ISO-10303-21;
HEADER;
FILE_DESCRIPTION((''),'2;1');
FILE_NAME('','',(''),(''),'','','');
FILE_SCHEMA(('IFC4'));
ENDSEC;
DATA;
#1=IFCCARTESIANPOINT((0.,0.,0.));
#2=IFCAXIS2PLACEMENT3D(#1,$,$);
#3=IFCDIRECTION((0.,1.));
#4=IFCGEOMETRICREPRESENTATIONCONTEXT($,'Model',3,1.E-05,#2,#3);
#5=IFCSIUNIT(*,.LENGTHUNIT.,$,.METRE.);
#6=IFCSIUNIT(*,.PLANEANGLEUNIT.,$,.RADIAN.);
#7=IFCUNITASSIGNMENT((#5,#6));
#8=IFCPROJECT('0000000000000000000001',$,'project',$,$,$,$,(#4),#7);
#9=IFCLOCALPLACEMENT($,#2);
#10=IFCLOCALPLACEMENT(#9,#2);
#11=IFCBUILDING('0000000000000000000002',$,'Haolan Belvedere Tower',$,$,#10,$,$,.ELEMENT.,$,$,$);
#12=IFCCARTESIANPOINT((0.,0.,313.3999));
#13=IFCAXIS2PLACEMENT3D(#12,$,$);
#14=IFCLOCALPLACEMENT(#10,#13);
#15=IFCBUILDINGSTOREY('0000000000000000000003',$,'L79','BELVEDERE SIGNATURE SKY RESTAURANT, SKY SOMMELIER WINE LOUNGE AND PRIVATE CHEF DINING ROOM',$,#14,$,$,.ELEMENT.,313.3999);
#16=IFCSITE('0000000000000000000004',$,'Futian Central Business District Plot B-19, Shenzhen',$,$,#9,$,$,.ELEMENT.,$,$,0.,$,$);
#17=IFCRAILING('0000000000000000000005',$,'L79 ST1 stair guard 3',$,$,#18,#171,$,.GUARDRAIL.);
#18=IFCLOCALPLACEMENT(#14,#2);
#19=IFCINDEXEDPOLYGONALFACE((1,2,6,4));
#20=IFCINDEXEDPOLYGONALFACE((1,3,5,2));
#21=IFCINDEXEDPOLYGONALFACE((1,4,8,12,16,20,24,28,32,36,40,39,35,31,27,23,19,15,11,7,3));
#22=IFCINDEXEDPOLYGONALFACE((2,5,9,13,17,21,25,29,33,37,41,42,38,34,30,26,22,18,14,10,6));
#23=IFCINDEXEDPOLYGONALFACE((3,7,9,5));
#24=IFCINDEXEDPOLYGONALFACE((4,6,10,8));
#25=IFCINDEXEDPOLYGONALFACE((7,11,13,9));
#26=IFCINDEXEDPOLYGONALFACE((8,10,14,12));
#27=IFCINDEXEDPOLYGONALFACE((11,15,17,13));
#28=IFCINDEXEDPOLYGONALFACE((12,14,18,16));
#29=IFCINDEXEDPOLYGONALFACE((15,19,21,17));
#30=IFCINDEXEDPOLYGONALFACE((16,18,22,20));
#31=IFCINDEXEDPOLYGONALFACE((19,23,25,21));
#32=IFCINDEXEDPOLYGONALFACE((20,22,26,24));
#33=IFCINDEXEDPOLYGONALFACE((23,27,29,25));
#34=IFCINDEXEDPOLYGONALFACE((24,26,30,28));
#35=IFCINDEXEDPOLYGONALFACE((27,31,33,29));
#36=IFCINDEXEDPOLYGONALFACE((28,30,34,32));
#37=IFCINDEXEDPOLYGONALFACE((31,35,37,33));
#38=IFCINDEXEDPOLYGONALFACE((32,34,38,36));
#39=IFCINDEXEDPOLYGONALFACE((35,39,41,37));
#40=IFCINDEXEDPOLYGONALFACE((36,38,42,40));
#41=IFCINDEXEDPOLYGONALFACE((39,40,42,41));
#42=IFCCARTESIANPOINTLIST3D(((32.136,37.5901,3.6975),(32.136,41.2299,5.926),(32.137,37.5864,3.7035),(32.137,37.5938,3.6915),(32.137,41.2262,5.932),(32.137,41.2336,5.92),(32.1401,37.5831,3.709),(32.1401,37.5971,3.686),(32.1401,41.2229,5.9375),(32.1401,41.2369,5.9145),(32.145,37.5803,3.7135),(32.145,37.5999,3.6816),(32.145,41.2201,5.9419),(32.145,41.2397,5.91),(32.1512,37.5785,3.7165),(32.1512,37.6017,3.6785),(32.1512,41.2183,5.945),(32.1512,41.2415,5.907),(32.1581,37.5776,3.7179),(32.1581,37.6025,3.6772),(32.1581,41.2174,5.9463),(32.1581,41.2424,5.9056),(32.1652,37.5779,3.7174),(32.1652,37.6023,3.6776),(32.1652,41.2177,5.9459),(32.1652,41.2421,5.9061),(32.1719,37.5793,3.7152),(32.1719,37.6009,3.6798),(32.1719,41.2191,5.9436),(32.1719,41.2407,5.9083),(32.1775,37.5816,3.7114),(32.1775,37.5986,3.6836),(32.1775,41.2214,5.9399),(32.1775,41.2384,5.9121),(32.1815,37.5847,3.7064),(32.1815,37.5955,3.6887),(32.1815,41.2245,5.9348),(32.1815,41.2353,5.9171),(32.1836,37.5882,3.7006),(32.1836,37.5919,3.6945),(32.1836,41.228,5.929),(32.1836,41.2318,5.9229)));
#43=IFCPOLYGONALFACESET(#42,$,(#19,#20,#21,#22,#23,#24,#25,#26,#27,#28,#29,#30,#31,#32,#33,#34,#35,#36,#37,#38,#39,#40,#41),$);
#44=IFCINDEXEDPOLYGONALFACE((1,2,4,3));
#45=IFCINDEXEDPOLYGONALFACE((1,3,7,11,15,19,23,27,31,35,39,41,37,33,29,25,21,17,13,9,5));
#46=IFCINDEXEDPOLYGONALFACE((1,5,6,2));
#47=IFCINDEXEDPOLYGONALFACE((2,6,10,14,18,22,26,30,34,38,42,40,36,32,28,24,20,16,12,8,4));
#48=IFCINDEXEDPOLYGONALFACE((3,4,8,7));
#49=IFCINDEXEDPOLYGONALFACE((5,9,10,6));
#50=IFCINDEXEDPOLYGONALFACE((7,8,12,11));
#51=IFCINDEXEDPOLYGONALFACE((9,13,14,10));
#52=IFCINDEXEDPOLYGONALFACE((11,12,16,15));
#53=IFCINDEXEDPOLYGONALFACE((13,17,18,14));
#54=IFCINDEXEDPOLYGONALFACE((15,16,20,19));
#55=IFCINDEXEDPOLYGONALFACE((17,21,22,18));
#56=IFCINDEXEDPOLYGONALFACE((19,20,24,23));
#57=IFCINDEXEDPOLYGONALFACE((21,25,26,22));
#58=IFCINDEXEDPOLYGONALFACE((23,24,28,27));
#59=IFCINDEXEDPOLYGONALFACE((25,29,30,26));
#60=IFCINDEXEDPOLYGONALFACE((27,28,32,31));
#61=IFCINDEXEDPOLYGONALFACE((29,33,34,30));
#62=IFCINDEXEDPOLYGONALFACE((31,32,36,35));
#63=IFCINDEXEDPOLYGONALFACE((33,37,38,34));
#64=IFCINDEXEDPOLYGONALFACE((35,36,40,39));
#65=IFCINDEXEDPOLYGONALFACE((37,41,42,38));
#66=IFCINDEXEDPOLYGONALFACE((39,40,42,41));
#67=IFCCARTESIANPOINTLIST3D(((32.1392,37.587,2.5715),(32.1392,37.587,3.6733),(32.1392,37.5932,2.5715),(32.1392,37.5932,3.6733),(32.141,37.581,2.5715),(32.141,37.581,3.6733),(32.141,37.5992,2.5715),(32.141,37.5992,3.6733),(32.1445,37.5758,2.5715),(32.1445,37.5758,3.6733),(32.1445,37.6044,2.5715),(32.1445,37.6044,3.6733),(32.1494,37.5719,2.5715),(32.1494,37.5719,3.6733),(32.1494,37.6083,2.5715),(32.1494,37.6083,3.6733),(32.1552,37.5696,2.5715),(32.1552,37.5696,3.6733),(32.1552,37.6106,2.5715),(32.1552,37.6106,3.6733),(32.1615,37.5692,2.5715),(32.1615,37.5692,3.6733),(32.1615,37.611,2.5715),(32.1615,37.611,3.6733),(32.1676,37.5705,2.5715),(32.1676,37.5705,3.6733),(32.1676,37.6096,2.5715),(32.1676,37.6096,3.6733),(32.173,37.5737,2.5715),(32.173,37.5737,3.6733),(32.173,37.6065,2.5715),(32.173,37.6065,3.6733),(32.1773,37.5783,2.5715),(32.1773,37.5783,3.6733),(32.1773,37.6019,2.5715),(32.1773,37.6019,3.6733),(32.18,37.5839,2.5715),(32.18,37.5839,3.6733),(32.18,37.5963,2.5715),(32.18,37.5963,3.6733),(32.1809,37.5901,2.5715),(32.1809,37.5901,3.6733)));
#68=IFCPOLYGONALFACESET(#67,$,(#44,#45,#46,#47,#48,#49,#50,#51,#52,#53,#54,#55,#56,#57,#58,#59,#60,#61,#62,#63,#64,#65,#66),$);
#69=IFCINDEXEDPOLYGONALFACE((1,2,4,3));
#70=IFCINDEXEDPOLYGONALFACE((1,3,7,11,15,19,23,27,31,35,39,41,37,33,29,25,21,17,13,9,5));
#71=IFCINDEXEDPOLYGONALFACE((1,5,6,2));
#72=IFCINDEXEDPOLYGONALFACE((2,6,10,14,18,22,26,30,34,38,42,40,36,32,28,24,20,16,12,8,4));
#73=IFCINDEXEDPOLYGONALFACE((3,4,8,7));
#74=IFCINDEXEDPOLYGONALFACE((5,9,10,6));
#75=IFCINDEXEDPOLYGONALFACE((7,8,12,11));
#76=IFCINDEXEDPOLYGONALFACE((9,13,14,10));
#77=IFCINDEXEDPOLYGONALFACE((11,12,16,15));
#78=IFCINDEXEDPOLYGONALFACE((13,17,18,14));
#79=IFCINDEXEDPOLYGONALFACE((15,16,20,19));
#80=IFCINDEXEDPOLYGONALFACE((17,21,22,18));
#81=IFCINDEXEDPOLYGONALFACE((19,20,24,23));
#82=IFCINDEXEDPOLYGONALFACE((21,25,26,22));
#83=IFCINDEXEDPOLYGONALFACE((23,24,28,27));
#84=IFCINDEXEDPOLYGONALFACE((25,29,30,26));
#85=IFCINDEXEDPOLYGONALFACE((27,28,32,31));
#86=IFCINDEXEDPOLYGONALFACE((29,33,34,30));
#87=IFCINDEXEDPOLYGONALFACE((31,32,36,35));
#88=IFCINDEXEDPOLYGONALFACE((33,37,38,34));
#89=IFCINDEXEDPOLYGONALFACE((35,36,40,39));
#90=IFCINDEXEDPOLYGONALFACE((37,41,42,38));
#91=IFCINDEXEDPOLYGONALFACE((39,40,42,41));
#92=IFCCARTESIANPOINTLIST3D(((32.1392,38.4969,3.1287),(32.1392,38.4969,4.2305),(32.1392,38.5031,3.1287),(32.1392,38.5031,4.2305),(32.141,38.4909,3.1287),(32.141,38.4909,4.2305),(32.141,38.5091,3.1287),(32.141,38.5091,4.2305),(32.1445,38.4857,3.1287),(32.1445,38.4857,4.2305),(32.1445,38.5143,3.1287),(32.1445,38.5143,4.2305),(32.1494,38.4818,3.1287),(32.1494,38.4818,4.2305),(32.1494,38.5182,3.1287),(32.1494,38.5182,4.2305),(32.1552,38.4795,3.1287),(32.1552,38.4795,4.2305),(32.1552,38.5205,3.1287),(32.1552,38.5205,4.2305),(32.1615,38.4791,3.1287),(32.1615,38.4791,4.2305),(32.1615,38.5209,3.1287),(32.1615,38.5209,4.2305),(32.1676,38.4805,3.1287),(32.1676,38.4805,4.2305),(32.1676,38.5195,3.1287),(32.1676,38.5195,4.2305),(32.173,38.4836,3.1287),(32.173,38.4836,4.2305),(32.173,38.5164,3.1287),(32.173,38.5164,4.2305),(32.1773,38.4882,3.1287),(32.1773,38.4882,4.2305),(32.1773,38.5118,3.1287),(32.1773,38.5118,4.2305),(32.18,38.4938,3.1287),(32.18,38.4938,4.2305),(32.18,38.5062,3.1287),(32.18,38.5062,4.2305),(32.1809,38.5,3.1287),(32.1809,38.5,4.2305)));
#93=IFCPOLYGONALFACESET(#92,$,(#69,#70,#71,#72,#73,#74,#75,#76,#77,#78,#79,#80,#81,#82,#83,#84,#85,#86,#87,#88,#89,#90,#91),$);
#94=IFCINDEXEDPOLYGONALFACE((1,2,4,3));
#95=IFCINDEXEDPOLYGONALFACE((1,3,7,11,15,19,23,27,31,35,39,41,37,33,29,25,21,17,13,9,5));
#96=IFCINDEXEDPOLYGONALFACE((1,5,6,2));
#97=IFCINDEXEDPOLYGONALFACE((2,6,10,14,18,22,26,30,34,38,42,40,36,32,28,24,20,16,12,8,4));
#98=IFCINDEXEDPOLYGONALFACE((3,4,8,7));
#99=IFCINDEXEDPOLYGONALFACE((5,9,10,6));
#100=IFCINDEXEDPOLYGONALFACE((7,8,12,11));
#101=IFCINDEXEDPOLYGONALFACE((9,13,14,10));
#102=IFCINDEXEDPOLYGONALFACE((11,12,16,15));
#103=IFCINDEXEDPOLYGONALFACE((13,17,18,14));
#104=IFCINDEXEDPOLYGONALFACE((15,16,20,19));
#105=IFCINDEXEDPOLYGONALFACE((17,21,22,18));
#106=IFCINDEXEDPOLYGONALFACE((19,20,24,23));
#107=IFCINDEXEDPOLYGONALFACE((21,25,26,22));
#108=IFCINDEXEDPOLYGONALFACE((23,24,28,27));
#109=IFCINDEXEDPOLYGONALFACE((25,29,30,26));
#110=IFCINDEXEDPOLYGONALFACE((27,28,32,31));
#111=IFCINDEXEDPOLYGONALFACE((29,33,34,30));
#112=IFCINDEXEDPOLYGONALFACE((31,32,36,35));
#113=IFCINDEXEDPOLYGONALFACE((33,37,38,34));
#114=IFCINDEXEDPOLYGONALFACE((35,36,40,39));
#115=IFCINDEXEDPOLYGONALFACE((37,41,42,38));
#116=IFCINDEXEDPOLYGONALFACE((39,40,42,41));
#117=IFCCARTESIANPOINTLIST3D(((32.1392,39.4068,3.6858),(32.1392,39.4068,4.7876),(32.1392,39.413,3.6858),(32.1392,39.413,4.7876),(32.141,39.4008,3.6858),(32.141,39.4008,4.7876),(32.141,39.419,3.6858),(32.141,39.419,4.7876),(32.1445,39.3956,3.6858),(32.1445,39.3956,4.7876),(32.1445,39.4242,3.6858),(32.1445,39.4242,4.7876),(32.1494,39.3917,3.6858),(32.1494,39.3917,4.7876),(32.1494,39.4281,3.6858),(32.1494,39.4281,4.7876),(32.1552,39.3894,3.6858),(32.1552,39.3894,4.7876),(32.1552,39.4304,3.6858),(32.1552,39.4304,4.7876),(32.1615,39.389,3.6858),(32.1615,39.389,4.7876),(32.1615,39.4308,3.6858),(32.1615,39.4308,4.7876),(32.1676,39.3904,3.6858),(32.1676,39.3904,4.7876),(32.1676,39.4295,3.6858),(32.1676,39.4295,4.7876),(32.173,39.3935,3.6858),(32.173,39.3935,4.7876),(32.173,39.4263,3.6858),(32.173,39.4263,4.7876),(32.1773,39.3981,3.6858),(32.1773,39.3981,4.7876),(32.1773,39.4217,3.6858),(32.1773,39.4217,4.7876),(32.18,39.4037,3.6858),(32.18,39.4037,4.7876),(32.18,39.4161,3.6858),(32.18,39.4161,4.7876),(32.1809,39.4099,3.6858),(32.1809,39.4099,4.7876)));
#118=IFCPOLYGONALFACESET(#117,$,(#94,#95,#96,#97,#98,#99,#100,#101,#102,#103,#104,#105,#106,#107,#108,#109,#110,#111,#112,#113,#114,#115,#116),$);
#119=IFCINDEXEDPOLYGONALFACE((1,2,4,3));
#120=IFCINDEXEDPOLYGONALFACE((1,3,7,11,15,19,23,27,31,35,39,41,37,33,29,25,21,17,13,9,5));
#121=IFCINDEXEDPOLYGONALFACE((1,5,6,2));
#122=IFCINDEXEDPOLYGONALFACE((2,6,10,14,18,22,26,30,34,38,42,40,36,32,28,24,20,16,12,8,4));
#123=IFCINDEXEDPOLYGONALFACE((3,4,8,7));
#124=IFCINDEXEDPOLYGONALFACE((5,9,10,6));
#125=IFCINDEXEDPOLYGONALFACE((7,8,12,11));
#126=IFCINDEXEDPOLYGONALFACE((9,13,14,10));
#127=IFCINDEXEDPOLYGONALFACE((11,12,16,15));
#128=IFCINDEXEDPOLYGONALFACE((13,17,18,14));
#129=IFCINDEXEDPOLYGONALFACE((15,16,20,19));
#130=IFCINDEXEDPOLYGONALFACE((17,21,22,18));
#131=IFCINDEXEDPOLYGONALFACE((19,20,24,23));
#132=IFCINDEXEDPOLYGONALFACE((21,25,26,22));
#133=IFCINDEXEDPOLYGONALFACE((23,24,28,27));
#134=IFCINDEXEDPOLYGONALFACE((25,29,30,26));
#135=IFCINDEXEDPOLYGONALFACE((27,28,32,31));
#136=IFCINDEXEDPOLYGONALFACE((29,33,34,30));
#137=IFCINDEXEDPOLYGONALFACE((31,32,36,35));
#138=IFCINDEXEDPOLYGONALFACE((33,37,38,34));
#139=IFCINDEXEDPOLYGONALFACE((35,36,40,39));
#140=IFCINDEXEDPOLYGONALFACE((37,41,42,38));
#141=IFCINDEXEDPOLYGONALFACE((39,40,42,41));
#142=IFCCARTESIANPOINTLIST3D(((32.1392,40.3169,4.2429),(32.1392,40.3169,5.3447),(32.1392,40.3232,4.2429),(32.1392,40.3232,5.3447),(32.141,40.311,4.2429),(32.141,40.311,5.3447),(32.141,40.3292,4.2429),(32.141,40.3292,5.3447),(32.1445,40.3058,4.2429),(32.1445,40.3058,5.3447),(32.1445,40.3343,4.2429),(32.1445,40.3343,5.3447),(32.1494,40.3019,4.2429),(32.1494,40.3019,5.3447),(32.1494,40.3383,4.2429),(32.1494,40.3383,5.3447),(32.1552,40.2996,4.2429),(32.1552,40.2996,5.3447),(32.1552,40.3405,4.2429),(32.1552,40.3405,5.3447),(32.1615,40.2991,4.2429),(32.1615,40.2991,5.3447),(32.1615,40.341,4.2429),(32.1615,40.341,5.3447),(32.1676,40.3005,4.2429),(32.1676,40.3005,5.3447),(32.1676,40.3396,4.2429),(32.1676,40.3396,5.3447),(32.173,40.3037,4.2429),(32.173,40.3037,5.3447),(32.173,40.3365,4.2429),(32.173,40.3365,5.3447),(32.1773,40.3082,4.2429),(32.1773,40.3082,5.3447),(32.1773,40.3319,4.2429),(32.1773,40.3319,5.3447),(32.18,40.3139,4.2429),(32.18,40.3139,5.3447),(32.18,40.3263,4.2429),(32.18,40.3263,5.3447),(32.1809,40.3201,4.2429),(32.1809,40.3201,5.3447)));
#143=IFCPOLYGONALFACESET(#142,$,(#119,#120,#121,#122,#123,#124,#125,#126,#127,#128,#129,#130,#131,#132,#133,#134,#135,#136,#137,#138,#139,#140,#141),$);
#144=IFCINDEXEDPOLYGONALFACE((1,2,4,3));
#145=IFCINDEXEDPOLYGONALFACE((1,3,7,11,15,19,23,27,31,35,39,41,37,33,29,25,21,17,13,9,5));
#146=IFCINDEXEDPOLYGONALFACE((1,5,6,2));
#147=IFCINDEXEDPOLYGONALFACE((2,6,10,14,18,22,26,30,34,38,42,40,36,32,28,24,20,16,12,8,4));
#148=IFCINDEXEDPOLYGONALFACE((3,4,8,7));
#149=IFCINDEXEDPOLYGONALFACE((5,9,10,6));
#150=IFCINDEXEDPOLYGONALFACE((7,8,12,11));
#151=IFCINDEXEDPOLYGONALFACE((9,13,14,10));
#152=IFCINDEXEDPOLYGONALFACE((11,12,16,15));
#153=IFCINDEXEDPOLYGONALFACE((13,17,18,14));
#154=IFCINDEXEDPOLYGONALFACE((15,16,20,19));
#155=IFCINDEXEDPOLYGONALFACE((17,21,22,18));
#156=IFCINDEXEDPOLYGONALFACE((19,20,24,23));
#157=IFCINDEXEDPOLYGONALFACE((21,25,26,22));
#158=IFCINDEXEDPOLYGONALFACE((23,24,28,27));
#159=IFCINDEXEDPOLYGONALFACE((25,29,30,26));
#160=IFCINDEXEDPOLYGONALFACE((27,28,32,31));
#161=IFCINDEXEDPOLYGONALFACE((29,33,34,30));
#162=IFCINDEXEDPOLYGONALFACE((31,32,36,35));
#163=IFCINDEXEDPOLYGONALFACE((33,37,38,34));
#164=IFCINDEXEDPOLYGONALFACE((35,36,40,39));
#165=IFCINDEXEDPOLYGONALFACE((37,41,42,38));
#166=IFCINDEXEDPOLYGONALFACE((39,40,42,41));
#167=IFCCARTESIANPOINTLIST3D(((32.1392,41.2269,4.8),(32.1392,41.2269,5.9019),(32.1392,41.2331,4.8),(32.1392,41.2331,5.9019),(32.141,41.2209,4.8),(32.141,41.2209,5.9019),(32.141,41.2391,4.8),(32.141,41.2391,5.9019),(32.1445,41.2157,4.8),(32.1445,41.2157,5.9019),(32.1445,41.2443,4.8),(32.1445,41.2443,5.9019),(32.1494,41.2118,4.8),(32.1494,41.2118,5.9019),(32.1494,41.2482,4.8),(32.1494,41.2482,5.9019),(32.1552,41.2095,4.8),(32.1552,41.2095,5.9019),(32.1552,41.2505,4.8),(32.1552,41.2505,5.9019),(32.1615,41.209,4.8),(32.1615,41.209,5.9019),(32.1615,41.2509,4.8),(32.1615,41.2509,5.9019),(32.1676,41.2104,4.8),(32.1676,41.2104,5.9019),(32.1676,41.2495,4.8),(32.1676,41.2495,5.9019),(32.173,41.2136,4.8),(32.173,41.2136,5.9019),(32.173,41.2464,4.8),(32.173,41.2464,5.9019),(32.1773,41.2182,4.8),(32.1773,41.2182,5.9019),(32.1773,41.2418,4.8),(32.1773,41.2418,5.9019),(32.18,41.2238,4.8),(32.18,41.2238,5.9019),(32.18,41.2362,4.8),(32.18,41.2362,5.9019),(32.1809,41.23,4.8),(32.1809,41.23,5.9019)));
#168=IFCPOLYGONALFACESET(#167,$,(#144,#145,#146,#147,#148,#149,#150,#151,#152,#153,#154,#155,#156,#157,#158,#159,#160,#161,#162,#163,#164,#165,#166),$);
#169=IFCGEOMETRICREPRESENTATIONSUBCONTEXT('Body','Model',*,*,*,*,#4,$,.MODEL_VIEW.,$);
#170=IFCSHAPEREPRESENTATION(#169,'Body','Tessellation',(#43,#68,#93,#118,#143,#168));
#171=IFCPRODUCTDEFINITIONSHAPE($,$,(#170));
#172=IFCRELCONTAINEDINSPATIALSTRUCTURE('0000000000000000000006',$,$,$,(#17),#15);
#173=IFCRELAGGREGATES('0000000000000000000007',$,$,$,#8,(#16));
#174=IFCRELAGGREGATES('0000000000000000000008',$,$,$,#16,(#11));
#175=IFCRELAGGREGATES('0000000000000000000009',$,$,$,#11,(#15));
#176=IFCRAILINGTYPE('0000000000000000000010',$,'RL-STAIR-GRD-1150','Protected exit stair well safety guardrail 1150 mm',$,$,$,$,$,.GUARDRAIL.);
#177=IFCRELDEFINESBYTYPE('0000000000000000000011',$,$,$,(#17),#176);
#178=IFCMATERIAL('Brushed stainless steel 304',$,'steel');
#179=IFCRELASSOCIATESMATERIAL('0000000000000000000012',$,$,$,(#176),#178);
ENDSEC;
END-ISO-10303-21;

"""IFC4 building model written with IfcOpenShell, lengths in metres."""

from ifc_helpers import new_model, si_unit, direction, frame, origin, origin_2d, place, context, subcontext, project, spatial, circle, extrude, material, type_object, element, save


model = new_model("IFC4")

# Units and contexts
model_context = context("Model", 3, precision=1e-05, world=origin(), true_north=direction((0.0, 1.0)))
body_context = subcontext(model_context, "Body", "Model", "MODEL_VIEW")
ifc_project = project(units=[si_unit("LENGTHUNIT", "METRE"), si_unit("PLANEANGLEUNIT", "RADIAN")], contexts=[model_context])

# Site, building, storey
site_placement = place(None, origin())
site = spatial("IfcSite", under=ifc_project, at=site_placement, Name="Futian Central Business District Plot B-19, Shenzhen", CompositionType="ELEMENT", RefElevation=0.0)
building_placement = place(site_placement, origin())
building = spatial("IfcBuilding", under=site, at=building_placement, Name="Haolan Belvedere Tower", CompositionType="ELEMENT")
storey_placement = place(building_placement, frame((0.0, 0.0, 313.3999)))
storey = spatial("IfcBuildingStorey", under=building, at=storey_placement, Name="L79", Description="BELVEDERE SIGNATURE SKY RESTAURANT, SKY SOMMELIER WINE LOUNGE AND PRIVATE CHEF DINING ROOM", CompositionType="ELEMENT", Elevation=313.3999)

# Railing
ifc_material_1 = material(Name="Brushed stainless steel 304", Category="steel")
railing_type_1 = type_object("IfcRailingType", Name="RL-STAIR-GRD-1150", Description="Protected exit stair well safety guardrail 1150 mm", PredefinedType="GUARDRAIL", material=ifc_material_1)
railing_1_placement = place(storey_placement, frame((32.1599, 37.5901, 2.5715)))
element("IfcRailing", 1, at=railing_1_placement, inside=storey, type_object=railing_type_1, Name="L79 ST1 stair guard 3", PredefinedType="GUARDRAIL", context=body_context, shape_type="SweptSolid", body=[
    extrude(circle(Radius=0.0239, at=origin_2d()), frame((0.0, 0.0, 1.126), z_axis=(0.0, 0.85285, 0.522156), x_axis=(-1.0, 0.0, 0.0)), (0.0, 0.0, 1.0), 4.2678),
    extrude(circle(Radius=0.021, at=origin_2d()), origin(), (0.0, 0.0, 1.0), 1.1018),
    extrude(circle(Radius=0.021, at=origin_2d()), frame((0.0, 0.9099, 0.5571)), (0.0, 0.0, 1.0), 1.1018),
    extrude(circle(Radius=0.021, at=origin_2d()), frame((0.0, 1.8198, 1.1143)), (0.0, 0.0, 1.0), 1.1018),
    extrude(circle(Radius=0.021, at=origin_2d()), frame((0.0, 2.73, 1.6714)), (0.0, 0.0, 1.0), 1.1018),
    extrude(circle(Radius=0.021, at=origin_2d()), frame((0.0, 3.6399, 2.2285)), (0.0, 0.0, 1.0), 1.1018),
])

save(model, "model.ifc")
